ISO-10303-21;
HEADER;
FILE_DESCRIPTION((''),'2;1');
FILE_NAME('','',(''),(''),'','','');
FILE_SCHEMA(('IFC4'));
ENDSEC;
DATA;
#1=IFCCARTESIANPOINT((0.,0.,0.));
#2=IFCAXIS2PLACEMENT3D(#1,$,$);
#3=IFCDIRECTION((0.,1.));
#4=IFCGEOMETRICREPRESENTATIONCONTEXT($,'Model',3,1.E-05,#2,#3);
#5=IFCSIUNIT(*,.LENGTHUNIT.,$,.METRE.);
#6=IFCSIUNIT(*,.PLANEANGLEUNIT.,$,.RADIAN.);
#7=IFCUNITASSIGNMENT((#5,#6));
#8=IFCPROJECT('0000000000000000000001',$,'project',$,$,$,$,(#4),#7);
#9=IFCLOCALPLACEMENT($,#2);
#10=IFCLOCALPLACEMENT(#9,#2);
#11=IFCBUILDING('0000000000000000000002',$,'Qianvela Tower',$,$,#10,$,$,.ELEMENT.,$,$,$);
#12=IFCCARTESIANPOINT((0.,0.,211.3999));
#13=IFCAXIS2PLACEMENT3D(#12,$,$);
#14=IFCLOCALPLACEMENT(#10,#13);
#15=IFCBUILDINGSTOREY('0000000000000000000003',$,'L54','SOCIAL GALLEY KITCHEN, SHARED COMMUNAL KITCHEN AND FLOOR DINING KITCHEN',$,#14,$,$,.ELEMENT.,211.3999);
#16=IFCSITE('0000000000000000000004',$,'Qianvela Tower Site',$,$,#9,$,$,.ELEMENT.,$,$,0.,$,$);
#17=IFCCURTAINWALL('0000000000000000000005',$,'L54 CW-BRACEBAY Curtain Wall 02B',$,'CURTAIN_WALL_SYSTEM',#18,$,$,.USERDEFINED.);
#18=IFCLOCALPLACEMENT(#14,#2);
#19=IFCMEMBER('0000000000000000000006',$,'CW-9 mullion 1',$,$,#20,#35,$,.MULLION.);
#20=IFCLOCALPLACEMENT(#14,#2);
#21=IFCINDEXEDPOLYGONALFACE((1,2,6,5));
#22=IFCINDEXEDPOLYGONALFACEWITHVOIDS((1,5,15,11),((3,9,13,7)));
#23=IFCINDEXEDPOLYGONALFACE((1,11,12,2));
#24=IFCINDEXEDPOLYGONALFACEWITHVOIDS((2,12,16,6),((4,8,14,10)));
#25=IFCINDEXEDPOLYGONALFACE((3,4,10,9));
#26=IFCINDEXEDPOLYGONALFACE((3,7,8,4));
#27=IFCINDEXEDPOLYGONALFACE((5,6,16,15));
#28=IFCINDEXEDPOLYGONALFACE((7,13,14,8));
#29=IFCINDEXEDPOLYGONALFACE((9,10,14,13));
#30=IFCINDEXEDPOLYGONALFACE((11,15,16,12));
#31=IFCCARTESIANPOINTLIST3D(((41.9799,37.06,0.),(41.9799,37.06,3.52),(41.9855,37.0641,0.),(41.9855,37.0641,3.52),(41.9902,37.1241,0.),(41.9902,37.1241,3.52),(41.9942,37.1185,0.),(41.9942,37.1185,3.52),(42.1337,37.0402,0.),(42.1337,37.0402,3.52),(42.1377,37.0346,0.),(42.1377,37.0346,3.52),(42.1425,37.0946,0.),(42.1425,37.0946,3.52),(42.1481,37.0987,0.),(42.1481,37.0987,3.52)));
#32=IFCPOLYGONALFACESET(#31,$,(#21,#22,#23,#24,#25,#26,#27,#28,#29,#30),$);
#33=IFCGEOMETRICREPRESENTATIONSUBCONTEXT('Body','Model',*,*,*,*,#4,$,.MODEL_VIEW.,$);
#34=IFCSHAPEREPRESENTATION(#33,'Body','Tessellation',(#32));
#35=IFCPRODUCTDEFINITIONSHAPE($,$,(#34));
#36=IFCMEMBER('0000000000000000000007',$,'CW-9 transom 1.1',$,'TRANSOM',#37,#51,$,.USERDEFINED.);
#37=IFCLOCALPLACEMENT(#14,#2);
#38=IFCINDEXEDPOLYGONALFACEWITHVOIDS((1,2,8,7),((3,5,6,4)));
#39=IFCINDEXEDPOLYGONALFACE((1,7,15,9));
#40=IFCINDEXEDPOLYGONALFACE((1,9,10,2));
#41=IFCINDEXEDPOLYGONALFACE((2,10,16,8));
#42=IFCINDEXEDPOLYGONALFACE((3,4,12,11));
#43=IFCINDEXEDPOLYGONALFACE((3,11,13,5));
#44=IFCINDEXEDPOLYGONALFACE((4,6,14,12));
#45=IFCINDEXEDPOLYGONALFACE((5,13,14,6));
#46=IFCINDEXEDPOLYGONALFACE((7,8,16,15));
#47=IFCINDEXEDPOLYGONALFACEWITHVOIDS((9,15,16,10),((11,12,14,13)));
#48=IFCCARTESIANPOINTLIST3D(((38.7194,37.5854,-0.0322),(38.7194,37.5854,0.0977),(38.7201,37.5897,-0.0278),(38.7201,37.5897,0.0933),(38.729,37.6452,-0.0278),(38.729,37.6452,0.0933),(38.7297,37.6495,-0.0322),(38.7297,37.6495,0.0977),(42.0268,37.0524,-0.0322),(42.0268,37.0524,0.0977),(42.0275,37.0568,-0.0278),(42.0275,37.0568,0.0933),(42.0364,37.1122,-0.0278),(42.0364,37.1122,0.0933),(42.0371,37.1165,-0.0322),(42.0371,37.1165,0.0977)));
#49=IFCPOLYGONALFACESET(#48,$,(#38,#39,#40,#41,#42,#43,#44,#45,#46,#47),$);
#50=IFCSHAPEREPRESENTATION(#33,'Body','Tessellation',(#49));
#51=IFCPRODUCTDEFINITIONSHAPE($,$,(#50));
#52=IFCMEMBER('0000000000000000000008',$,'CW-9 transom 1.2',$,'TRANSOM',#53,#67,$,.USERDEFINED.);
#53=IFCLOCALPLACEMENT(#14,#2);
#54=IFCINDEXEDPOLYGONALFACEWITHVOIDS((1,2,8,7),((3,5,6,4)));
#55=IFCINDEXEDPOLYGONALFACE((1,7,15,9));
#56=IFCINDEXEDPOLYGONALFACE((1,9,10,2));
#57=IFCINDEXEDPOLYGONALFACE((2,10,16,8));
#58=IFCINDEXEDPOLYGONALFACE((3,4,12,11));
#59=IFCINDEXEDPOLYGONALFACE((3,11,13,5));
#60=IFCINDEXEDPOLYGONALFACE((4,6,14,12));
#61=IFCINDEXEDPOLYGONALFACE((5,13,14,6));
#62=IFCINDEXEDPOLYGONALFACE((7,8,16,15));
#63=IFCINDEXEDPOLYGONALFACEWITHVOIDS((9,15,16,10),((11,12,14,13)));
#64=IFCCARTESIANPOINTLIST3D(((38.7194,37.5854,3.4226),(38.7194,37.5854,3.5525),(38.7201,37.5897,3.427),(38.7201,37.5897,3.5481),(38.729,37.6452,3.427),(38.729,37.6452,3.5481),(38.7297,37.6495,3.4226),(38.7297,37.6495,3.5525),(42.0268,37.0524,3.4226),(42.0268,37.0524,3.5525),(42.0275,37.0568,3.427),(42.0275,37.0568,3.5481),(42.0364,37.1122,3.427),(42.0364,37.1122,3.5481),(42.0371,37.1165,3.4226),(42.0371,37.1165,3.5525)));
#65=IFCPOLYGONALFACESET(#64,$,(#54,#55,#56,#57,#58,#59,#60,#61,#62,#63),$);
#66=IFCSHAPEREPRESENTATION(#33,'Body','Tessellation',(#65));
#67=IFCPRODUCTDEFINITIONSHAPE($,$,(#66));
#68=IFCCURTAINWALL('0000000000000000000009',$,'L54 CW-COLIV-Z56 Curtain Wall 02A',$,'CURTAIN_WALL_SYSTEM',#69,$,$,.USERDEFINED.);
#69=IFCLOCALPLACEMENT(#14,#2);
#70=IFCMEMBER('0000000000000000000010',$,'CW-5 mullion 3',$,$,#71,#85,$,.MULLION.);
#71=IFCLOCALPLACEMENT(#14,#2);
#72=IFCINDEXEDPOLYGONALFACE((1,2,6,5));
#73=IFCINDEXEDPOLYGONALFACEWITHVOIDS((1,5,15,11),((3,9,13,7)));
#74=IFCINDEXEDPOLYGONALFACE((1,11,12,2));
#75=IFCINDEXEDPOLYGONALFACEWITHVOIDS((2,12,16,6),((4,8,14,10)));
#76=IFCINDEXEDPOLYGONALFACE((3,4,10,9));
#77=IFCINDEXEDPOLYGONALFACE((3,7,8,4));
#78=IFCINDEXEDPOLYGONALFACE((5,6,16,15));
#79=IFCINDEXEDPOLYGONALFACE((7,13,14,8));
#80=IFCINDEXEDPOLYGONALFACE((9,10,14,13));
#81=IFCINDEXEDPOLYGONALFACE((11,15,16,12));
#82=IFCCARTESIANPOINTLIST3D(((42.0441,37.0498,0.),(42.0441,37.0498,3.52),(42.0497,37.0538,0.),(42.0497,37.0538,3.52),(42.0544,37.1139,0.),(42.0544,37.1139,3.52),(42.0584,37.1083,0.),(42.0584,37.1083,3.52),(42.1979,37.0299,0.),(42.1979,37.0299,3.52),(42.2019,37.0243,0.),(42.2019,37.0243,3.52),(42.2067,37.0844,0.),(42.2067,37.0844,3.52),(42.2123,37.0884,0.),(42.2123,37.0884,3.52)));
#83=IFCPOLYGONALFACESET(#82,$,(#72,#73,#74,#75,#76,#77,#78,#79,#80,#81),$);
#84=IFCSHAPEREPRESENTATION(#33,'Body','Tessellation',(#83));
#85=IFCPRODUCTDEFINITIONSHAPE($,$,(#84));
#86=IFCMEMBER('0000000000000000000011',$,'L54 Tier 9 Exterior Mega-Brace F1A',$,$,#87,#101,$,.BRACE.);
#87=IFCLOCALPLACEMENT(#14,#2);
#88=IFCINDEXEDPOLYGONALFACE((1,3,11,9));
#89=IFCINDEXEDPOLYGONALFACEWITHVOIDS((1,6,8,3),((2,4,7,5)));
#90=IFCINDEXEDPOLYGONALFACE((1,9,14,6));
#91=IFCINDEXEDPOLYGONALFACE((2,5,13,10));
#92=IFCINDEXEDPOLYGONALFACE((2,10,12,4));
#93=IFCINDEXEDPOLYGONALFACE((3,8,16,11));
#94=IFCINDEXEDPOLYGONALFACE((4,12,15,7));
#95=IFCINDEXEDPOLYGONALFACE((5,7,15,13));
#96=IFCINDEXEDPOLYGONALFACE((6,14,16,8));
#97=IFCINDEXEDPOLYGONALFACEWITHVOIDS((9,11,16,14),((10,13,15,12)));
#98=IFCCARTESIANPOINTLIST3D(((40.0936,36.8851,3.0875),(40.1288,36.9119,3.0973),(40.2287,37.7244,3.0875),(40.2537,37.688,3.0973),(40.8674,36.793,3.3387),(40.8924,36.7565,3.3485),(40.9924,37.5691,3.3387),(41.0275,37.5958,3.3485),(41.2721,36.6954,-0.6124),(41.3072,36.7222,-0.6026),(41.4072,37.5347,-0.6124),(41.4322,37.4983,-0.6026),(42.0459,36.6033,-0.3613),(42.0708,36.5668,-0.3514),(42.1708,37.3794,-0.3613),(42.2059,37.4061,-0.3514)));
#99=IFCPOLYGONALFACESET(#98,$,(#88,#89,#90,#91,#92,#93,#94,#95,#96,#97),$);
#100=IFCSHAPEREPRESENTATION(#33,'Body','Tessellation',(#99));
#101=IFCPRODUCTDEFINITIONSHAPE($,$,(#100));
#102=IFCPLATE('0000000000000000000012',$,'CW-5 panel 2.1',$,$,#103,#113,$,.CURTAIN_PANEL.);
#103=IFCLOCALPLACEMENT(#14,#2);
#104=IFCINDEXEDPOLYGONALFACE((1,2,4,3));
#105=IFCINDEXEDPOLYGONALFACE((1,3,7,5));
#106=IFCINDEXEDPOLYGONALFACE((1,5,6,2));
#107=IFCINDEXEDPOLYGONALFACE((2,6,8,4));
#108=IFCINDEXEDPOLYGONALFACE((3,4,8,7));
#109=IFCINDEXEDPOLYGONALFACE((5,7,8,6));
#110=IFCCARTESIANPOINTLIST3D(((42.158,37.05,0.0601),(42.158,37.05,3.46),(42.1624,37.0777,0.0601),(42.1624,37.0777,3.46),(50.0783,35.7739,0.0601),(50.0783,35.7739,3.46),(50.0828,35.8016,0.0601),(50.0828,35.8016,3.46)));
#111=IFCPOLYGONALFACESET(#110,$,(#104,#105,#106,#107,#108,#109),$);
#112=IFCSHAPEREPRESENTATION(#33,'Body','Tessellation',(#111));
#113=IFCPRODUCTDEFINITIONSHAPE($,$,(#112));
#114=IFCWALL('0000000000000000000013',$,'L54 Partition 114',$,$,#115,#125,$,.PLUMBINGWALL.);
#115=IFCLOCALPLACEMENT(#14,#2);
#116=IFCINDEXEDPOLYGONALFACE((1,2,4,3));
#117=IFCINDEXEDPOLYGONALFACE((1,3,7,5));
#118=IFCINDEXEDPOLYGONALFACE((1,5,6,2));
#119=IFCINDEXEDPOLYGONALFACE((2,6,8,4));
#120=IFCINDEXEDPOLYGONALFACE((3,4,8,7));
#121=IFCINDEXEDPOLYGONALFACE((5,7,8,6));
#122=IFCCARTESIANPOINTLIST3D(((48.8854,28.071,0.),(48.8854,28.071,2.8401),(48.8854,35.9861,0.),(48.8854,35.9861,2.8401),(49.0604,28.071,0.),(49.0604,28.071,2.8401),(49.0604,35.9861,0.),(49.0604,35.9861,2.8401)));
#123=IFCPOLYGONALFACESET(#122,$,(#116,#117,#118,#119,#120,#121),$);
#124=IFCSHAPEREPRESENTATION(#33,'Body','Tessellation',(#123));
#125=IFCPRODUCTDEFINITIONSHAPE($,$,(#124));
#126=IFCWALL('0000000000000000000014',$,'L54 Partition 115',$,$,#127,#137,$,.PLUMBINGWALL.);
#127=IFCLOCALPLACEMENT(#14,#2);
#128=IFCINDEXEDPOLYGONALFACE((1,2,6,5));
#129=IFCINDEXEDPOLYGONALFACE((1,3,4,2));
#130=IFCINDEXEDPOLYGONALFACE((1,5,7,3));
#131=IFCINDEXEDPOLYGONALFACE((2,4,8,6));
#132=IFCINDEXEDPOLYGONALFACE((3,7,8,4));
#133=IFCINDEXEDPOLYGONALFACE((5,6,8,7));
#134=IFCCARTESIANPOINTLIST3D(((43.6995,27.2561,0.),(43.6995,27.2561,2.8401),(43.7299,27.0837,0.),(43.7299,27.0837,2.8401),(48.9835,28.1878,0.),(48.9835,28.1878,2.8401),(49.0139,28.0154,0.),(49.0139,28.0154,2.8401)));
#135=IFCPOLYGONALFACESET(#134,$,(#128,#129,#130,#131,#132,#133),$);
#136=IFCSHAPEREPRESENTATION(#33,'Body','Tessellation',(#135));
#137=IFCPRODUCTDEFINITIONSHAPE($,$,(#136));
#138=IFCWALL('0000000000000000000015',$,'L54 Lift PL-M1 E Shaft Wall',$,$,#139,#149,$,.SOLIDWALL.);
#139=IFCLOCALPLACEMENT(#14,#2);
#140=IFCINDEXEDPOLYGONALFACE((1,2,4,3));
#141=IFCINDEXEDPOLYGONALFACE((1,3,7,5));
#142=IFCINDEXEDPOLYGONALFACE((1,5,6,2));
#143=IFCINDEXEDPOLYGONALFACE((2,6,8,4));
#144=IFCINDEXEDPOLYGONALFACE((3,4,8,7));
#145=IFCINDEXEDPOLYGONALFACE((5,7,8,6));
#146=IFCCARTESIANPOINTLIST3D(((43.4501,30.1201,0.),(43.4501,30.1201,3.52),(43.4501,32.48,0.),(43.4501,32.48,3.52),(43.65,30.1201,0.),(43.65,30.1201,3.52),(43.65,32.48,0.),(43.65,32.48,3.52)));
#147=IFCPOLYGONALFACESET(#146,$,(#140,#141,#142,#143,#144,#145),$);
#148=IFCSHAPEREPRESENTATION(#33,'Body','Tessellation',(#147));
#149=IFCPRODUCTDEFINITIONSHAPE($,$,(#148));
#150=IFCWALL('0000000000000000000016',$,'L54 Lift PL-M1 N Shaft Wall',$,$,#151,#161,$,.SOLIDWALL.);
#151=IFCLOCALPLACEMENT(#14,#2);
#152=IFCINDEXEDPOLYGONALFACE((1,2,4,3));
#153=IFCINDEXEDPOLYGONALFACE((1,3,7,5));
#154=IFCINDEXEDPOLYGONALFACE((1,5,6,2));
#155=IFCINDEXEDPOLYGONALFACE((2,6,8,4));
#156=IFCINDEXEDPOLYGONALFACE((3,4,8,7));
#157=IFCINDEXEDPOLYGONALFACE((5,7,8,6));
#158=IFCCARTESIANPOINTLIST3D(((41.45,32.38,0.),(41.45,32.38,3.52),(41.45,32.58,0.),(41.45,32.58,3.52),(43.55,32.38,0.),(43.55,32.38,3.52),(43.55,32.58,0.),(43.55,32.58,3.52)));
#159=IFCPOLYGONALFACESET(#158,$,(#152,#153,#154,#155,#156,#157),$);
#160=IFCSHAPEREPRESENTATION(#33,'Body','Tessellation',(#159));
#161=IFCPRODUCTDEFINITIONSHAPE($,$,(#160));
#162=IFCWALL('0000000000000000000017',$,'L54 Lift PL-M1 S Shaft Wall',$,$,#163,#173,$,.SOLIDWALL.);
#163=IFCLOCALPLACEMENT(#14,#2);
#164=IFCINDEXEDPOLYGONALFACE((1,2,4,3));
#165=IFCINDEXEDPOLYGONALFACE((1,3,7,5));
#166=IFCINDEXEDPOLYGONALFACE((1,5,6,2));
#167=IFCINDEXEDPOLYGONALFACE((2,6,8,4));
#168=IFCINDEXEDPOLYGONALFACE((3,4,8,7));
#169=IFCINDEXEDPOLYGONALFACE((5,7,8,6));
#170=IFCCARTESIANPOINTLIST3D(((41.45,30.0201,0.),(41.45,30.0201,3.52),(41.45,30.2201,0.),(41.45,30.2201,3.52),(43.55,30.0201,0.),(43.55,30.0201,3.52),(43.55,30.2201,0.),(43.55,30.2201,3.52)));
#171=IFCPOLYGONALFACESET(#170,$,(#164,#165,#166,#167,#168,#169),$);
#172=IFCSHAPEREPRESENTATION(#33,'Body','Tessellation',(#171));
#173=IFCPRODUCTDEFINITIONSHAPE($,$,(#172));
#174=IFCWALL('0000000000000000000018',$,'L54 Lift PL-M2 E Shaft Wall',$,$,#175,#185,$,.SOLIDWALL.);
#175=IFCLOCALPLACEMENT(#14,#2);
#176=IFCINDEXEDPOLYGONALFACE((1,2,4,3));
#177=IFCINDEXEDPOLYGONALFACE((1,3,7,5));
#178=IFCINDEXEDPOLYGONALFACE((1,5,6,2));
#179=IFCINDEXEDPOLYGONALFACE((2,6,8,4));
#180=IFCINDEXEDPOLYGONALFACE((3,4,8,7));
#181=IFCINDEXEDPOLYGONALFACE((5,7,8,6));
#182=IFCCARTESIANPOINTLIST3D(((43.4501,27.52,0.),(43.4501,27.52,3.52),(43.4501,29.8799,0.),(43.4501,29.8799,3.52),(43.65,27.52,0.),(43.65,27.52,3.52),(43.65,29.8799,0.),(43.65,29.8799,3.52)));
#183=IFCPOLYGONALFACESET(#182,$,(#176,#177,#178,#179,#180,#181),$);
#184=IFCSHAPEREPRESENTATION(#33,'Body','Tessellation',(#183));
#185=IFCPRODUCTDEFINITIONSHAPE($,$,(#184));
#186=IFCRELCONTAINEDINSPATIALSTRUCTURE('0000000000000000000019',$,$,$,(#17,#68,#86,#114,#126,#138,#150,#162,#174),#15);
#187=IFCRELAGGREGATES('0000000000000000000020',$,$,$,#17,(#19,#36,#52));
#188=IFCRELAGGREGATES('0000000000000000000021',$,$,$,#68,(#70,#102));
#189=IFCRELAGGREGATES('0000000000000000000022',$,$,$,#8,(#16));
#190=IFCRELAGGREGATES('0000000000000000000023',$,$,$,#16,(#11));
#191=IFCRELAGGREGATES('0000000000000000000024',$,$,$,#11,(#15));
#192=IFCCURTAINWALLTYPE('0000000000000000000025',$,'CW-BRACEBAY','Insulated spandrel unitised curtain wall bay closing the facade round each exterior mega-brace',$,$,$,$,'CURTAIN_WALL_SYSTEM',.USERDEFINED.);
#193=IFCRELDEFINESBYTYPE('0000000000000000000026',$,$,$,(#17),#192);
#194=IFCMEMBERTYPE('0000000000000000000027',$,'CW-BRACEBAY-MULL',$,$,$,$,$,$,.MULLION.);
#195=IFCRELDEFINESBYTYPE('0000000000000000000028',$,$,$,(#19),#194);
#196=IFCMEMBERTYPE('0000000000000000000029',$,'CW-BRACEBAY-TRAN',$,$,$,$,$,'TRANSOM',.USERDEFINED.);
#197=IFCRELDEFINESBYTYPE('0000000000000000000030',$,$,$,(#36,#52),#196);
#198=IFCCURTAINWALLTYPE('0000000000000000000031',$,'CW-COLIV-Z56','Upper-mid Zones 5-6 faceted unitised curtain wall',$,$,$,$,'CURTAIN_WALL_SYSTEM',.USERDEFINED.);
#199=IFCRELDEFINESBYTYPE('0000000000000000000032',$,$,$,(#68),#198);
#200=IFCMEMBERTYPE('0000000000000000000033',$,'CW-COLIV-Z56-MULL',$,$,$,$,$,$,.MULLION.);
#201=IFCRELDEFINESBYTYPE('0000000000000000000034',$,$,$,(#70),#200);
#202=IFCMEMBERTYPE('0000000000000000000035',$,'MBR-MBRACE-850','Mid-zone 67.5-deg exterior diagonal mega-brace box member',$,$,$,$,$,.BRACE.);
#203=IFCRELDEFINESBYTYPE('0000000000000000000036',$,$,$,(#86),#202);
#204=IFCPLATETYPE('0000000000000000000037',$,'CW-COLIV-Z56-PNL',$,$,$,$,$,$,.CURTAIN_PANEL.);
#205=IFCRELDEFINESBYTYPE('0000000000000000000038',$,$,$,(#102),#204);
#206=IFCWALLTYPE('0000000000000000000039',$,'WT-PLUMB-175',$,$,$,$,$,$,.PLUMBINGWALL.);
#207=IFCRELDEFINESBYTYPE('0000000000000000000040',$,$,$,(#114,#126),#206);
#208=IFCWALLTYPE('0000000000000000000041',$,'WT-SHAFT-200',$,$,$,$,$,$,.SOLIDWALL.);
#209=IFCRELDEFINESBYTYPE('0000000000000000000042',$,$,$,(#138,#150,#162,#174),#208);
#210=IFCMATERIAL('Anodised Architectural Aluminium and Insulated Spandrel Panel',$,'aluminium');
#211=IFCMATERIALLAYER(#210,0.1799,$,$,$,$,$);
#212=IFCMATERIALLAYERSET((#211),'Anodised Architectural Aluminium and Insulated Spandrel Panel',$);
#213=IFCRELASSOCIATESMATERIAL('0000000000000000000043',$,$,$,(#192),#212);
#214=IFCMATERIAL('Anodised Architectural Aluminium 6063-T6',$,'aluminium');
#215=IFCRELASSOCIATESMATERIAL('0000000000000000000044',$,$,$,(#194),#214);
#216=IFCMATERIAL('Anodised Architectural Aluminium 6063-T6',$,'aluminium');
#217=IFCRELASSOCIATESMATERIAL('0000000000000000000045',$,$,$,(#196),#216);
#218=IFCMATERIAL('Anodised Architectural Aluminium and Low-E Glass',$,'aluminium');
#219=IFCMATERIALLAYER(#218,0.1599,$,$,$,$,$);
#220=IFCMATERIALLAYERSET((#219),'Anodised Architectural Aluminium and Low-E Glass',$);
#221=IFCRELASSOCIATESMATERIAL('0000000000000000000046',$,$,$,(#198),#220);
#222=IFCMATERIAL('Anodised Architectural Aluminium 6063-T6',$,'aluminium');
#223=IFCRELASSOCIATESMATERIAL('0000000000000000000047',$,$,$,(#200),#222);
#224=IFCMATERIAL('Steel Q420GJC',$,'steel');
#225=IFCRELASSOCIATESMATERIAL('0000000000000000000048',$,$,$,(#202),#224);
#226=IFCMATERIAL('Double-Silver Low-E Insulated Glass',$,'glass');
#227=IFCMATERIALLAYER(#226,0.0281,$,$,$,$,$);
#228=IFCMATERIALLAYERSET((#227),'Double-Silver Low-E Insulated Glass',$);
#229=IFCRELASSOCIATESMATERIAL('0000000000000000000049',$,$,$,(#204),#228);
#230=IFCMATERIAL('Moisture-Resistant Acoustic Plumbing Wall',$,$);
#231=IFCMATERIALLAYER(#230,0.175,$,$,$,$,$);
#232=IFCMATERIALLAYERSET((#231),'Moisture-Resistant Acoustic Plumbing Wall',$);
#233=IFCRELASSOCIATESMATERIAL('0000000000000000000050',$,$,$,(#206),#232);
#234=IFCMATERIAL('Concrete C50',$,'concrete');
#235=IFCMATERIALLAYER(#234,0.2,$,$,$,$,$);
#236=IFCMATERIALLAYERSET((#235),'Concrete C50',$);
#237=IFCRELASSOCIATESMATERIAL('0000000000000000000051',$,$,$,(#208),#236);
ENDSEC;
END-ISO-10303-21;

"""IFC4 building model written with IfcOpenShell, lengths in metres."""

from ifc_helpers import new_model, si_unit, direction, frame, frame_2d, origin, origin_2d, place, context, subcontext, project, spatial, rectangle, hollow_rectangle, extrude, material, layer, layer_set, material_profile, profile_set, type_object, element, aggregate, save


model = new_model("IFC4")

# Units and contexts
model_context = context("Model", 3, precision=1e-05, world=origin(), true_north=direction((0.0, 1.0)))
body_context = subcontext(model_context, "Body", "Model", "MODEL_VIEW")
ifc_project = project(units=[si_unit("LENGTHUNIT", "METRE"), si_unit("PLANEANGLEUNIT", "RADIAN")], contexts=[model_context])

# Site, building, storey
site_placement = place(None, origin())
site = spatial("IfcSite", under=ifc_project, at=site_placement, Name="Qianvela Tower Site", CompositionType="ELEMENT", RefElevation=0.0)
building_placement = place(site_placement, origin())
building = spatial("IfcBuilding", under=site, at=building_placement, Name="Qianvela Tower", CompositionType="ELEMENT")
storey_placement = place(building_placement, frame((0.0, 0.0, 211.3999)))
storey = spatial("IfcBuildingStorey", under=building, at=storey_placement, Name="L54", Description="SOCIAL GALLEY KITCHEN, SHARED COMMUNAL KITCHEN AND FLOOR DINING KITCHEN", CompositionType="ELEMENT", Elevation=211.3999)

# Curtain wall, members
ifc_material_1 = material(Name="Anodised Architectural Aluminium and Insulated Spandrel Panel", Category="aluminium")
ifc_layer_1 = layer(ifc_material_1, 0.1799)
ifc_layer_set_1 = layer_set([ifc_layer_1], Name="Anodised Architectural Aluminium and Insulated Spandrel Panel")
curtain_wall_type_1 = type_object("IfcCurtainWallType", Name="CW-BRACEBAY", Description="Insulated spandrel unitised curtain wall bay closing the facade round each exterior mega-brace", ElementType="CURTAIN_WALL_SYSTEM", PredefinedType="USERDEFINED", material=ifc_layer_set_1)
curtain_wall_1_placement = place(storey_placement, origin())
curtain_wall_1 = element("IfcCurtainWall", 1, at=curtain_wall_1_placement, inside=storey, type_object=curtain_wall_type_1, Name="L54 CW-BRACEBAY Curtain Wall 02B", ObjectType="CURTAIN_WALL_SYSTEM", PredefinedType="USERDEFINED")
ifc_material_2 = material(Name="Anodised Architectural Aluminium 6063-T6", Category="aluminium")
ifc_material_profile_1 = material_profile(ifc_material_2, hollow_rectangle(XDim=0.0649, YDim=0.1599, WallThickness=0.0049, at=origin_2d()), Name="ALU-MULL-65x160")
ifc_profile_set_1 = profile_set([ifc_material_profile_1], Name="Anodised Architectural Aluminium 6063-T6")
member_type_1 = type_object("IfcMemberType", Name="CW-BRACEBAY-MULL", PredefinedType="MULLION", material=ifc_profile_set_1)
member_1_placement = place(storey_placement, frame((42.064, 37.0793, 0.0), z_axis=(0.0, 0.0, 1.0), x_axis=(-0.15908, -0.987266, 0.0)))
member_1 = element("IfcMember", 2, at=member_1_placement, type_object=member_type_1, Name="CW-9 mullion 1", PredefinedType="MULLION", context=body_context, shape_type="SweptSolid", body=[
    extrude(hollow_rectangle(XDim=0.0649, YDim=0.1599, WallThickness=0.0049, at=origin_2d()), origin(), (0.0, 0.0, 1.0), 3.52),
])
ifc_material_3 = material(Name="Anodised Architectural Aluminium 6063-T6", Category="aluminium")
ifc_material_profile_2 = material_profile(ifc_material_3, hollow_rectangle(XDim=0.0649, YDim=0.1299, WallThickness=0.0044, at=origin_2d()), Name="ALU-TRAN-65x130")
ifc_profile_set_2 = profile_set([ifc_material_profile_2], Name="Anodised Architectural Aluminium 6063-T6")
member_type_2 = type_object("IfcMemberType", Name="CW-BRACEBAY-TRAN", ElementType="TRANSOM", PredefinedType="USERDEFINED", material=ifc_profile_set_2)
member_2_placement = place(storey_placement, frame((42.032, 37.0845, 0.0327), z_axis=(-0.987264, 0.15909, 0.0), x_axis=(-0.15909, -0.987264, 0.0)))
member_2 = element("IfcMember", 3, at=member_2_placement, type_object=member_type_2, Name="CW-9 transom 1.1", ObjectType="TRANSOM", PredefinedType="USERDEFINED", context=body_context, shape_type="SweptSolid", body=[
    extrude(hollow_rectangle(XDim=0.0649, YDim=0.1299, WallThickness=0.0044, at=origin_2d()), origin(), (0.0, 0.0, 1.0), 3.3501),
])
member_3_placement = place(storey_placement, frame((42.032, 37.0845, 3.4875), z_axis=(-0.987264, 0.15909, 0.0), x_axis=(-0.15909, -0.987264, 0.0)))
member_3 = element("IfcMember", 4, at=member_3_placement, type_object=member_type_2, Name="CW-9 transom 1.2", ObjectType="TRANSOM", PredefinedType="USERDEFINED", context=body_context, shape_type="SweptSolid", body=[
    extrude(hollow_rectangle(XDim=0.0649, YDim=0.1299, WallThickness=0.0044, at=origin_2d()), origin(), (0.0, 0.0, 1.0), 3.3501),
])
aggregate(curtain_wall_1, [member_1, member_2, member_3])

# Curtain wall, member
ifc_material_4 = material(Name="Anodised Architectural Aluminium and Low-E Glass", Category="aluminium")
ifc_layer_2 = layer(ifc_material_4, 0.1599)
ifc_layer_set_2 = layer_set([ifc_layer_2], Name="Anodised Architectural Aluminium and Low-E Glass")
curtain_wall_type_2 = type_object("IfcCurtainWallType", Name="CW-COLIV-Z56", Description="Upper-mid Zones 5-6 faceted unitised curtain wall", ElementType="CURTAIN_WALL_SYSTEM", PredefinedType="USERDEFINED", material=ifc_layer_set_2)
curtain_wall_2_placement = place(storey_placement, origin())
curtain_wall_2 = element("IfcCurtainWall", 5, at=curtain_wall_2_placement, inside=storey, type_object=curtain_wall_type_2, Name="L54 CW-COLIV-Z56 Curtain Wall 02A", ObjectType="CURTAIN_WALL_SYSTEM", PredefinedType="USERDEFINED")
ifc_material_5 = material(Name="Anodised Architectural Aluminium 6063-T6", Category="aluminium")
ifc_material_profile_3 = material_profile(ifc_material_5, hollow_rectangle(XDim=0.0649, YDim=0.1599, WallThickness=0.0049, at=origin_2d()), Name="ALU-MULL-65x160")
ifc_profile_set_3 = profile_set([ifc_material_profile_3], Name="Anodised Architectural Aluminium 6063-T6")
member_type_3 = type_object("IfcMemberType", Name="CW-COLIV-Z56-MULL", PredefinedType="MULLION", material=ifc_profile_set_3)
member_4_placement = place(storey_placement, frame((42.1282, 37.0691, 0.0), z_axis=(0.0, 0.0, 1.0), x_axis=(-0.15907, -0.987267, 0.0)))
member_4 = element("IfcMember", 6, at=member_4_placement, type_object=member_type_3, Name="CW-5 mullion 3", PredefinedType="MULLION", context=body_context, shape_type="SweptSolid", body=[
    extrude(hollow_rectangle(XDim=0.0649, YDim=0.1599, WallThickness=0.0049, at=origin_2d()), origin(), (0.0, 0.0, 1.0), 3.52),
])

# Member
ifc_material_6 = material(Name="Steel Q420GJC", Category="steel")
ifc_material_profile_4 = material_profile(ifc_material_6, hollow_rectangle(XDim=0.8501, YDim=0.8501, WallThickness=0.032, at=origin_2d()), Name="MBOX-850x850x32")
ifc_profile_set_4 = profile_set([ifc_material_profile_4], Name="Steel Q420GJC")
member_type_4 = type_object("IfcMemberType", Name="MBR-MBRACE-850", Description="Mid-zone 67.5-deg exterior diagonal mega-brace box member", PredefinedType="BRACE", material=ifc_profile_set_4)
member_5_placement = place(storey_placement, frame((41.739, 37.0508, -0.4819), z_axis=(-0.303125, 0.048794, 0.951701), x_axis=(-0.158924, -0.987291, 0.0)))
element("IfcMember", 7, at=member_5_placement, inside=storey, type_object=member_type_4, Name="L54 Tier 9 Exterior Mega-Brace F1A", PredefinedType="BRACE", context=body_context, shape_type="SweptSolid", body=[
    extrude(hollow_rectangle(XDim=0.8501, YDim=0.8501, WallThickness=0.032, at=origin_2d()), origin(), (0.0, 0.0, 1.0), 3.8877),
])

# Plate
ifc_material_7 = material(Name="Double-Silver Low-E Insulated Glass", Category="glass")
ifc_layer_3 = layer(ifc_material_7, 0.0281)
ifc_layer_set_3 = layer_set([ifc_layer_3], Name="Double-Silver Low-E Insulated Glass")
plate_type = type_object("IfcPlateType", Name="CW-COLIV-Z56-PNL", PredefinedType="CURTAIN_PANEL", material=ifc_layer_set_3)
plate_placement = place(storey_placement, frame((46.1204, 36.4258, 0.0601), z_axis=(0.0, 0.0, 1.0), x_axis=(-0.987267, 0.15907, 0.0)))
plate = element("IfcPlate", 8, at=plate_placement, type_object=plate_type, Name="CW-5 panel 2.1", PredefinedType="CURTAIN_PANEL", context=body_context, shape_type="SweptSolid", body=[
    extrude(rectangle(XDim=8.0225, YDim=0.0281, at=origin_2d()), origin(), (0.0, 0.0, 1.0), 3.3999),
])
aggregate(curtain_wall_2, [member_4, plate])

# Walls
ifc_material_8 = material(Name="Moisture-Resistant Acoustic Plumbing Wall")
ifc_layer_4 = layer(ifc_material_8, 0.175)
ifc_layer_set_4 = layer_set([ifc_layer_4], Name="Moisture-Resistant Acoustic Plumbing Wall")
wall_type_1 = type_object("IfcWallType", Name="WT-PLUMB-175", PredefinedType="PLUMBINGWALL", material=ifc_layer_set_4)
wall_1_placement = place(storey_placement, frame((48.9729, 35.9861, 0.0), z_axis=(0.0, 0.0, 1.0), x_axis=(0.0, -1.0, 0.0)))
element("IfcWall", 9, at=wall_1_placement, inside=storey, type_object=wall_type_1, Name="L54 Partition 114", PredefinedType="PLUMBINGWALL", context=body_context, shape_type="SweptSolid", body=[
    extrude(rectangle(XDim=7.915, YDim=0.175, at=frame_2d((3.9575, 0.0))), origin(), (0.0, 0.0, 1.0), 2.8401),
])
wall_2_placement = place(storey_placement, frame((48.9985, 28.1016, 0.0), z_axis=(0.0, 0.0, 1.0), x_axis=(-0.98481, -0.173637, 0.0)))
element("IfcWall", 10, at=wall_2_placement, inside=storey, type_object=wall_type_1, Name="L54 Partition 115", PredefinedType="PLUMBINGWALL", context=body_context, shape_type="SweptSolid", body=[
    extrude(rectangle(XDim=5.3655, YDim=0.175, at=frame_2d((2.6826, 0.0))), origin(), (0.0, 0.0, 1.0), 2.8401),
])
ifc_material_9 = material(Name="Concrete C50", Category="concrete")
ifc_layer_5 = layer(ifc_material_9, 0.2)
ifc_layer_set_5 = layer_set([ifc_layer_5], Name="Concrete C50")
wall_type_2 = type_object("IfcWallType", Name="WT-SHAFT-200", PredefinedType="SOLIDWALL", material=ifc_layer_set_5)
wall_3_placement = place(storey_placement, frame((43.55, 30.1201, 0.0), z_axis=(0.0, 0.0, 1.0), x_axis=(0.0, 1.0, 0.0)))
element("IfcWall", 11, at=wall_3_placement, inside=storey, type_object=wall_type_2, Name="L54 Lift PL-M1 E Shaft Wall", PredefinedType="SOLIDWALL", context=body_context, shape_type="SweptSolid", body=[
    extrude(rectangle(XDim=2.3599, YDim=0.2, at=frame_2d((1.1799, 0.0))), origin(), (0.0, 0.0, 1.0), 3.52),
])

# Walls
for number, where, z_axis, x_axis, name in (
    (12, (41.45, 32.48, 0.0), (0.0, 0.0, 1.0), (1.0, 0.0, 0.0), "L54 Lift PL-M1 N Shaft Wall"),
    (13, (41.45, 30.1201, 0.0), (0.0, 0.0, 1.0), (1.0, 0.0, 0.0), "L54 Lift PL-M1 S Shaft Wall"),
):
    element("IfcWall", number, at=place(storey_placement, frame(where, z_axis=z_axis, x_axis=x_axis)), inside=storey, type_object=wall_type_2, Name=name, PredefinedType="SOLIDWALL", context=body_context, shape_type="SweptSolid", body=[
        extrude(rectangle(XDim=2.1001, YDim=0.2, at=frame_2d((1.05, 0.0))), origin(), (0.0, 0.0, 1.0), 3.52),
    ])
wall_4_placement = place(storey_placement, frame((43.55, 27.52, 0.0), z_axis=(0.0, 0.0, 1.0), x_axis=(0.0, 1.0, 0.0)))
element("IfcWall", 14, at=wall_4_placement, inside=storey, type_object=wall_type_2, Name="L54 Lift PL-M2 E Shaft Wall", PredefinedType="SOLIDWALL", context=body_context, shape_type="SweptSolid", body=[
    extrude(rectangle(XDim=2.3599, YDim=0.2, at=frame_2d((1.1799, 0.0))), origin(), (0.0, 0.0, 1.0), 3.52),
])

save(model, "model.ifc")
